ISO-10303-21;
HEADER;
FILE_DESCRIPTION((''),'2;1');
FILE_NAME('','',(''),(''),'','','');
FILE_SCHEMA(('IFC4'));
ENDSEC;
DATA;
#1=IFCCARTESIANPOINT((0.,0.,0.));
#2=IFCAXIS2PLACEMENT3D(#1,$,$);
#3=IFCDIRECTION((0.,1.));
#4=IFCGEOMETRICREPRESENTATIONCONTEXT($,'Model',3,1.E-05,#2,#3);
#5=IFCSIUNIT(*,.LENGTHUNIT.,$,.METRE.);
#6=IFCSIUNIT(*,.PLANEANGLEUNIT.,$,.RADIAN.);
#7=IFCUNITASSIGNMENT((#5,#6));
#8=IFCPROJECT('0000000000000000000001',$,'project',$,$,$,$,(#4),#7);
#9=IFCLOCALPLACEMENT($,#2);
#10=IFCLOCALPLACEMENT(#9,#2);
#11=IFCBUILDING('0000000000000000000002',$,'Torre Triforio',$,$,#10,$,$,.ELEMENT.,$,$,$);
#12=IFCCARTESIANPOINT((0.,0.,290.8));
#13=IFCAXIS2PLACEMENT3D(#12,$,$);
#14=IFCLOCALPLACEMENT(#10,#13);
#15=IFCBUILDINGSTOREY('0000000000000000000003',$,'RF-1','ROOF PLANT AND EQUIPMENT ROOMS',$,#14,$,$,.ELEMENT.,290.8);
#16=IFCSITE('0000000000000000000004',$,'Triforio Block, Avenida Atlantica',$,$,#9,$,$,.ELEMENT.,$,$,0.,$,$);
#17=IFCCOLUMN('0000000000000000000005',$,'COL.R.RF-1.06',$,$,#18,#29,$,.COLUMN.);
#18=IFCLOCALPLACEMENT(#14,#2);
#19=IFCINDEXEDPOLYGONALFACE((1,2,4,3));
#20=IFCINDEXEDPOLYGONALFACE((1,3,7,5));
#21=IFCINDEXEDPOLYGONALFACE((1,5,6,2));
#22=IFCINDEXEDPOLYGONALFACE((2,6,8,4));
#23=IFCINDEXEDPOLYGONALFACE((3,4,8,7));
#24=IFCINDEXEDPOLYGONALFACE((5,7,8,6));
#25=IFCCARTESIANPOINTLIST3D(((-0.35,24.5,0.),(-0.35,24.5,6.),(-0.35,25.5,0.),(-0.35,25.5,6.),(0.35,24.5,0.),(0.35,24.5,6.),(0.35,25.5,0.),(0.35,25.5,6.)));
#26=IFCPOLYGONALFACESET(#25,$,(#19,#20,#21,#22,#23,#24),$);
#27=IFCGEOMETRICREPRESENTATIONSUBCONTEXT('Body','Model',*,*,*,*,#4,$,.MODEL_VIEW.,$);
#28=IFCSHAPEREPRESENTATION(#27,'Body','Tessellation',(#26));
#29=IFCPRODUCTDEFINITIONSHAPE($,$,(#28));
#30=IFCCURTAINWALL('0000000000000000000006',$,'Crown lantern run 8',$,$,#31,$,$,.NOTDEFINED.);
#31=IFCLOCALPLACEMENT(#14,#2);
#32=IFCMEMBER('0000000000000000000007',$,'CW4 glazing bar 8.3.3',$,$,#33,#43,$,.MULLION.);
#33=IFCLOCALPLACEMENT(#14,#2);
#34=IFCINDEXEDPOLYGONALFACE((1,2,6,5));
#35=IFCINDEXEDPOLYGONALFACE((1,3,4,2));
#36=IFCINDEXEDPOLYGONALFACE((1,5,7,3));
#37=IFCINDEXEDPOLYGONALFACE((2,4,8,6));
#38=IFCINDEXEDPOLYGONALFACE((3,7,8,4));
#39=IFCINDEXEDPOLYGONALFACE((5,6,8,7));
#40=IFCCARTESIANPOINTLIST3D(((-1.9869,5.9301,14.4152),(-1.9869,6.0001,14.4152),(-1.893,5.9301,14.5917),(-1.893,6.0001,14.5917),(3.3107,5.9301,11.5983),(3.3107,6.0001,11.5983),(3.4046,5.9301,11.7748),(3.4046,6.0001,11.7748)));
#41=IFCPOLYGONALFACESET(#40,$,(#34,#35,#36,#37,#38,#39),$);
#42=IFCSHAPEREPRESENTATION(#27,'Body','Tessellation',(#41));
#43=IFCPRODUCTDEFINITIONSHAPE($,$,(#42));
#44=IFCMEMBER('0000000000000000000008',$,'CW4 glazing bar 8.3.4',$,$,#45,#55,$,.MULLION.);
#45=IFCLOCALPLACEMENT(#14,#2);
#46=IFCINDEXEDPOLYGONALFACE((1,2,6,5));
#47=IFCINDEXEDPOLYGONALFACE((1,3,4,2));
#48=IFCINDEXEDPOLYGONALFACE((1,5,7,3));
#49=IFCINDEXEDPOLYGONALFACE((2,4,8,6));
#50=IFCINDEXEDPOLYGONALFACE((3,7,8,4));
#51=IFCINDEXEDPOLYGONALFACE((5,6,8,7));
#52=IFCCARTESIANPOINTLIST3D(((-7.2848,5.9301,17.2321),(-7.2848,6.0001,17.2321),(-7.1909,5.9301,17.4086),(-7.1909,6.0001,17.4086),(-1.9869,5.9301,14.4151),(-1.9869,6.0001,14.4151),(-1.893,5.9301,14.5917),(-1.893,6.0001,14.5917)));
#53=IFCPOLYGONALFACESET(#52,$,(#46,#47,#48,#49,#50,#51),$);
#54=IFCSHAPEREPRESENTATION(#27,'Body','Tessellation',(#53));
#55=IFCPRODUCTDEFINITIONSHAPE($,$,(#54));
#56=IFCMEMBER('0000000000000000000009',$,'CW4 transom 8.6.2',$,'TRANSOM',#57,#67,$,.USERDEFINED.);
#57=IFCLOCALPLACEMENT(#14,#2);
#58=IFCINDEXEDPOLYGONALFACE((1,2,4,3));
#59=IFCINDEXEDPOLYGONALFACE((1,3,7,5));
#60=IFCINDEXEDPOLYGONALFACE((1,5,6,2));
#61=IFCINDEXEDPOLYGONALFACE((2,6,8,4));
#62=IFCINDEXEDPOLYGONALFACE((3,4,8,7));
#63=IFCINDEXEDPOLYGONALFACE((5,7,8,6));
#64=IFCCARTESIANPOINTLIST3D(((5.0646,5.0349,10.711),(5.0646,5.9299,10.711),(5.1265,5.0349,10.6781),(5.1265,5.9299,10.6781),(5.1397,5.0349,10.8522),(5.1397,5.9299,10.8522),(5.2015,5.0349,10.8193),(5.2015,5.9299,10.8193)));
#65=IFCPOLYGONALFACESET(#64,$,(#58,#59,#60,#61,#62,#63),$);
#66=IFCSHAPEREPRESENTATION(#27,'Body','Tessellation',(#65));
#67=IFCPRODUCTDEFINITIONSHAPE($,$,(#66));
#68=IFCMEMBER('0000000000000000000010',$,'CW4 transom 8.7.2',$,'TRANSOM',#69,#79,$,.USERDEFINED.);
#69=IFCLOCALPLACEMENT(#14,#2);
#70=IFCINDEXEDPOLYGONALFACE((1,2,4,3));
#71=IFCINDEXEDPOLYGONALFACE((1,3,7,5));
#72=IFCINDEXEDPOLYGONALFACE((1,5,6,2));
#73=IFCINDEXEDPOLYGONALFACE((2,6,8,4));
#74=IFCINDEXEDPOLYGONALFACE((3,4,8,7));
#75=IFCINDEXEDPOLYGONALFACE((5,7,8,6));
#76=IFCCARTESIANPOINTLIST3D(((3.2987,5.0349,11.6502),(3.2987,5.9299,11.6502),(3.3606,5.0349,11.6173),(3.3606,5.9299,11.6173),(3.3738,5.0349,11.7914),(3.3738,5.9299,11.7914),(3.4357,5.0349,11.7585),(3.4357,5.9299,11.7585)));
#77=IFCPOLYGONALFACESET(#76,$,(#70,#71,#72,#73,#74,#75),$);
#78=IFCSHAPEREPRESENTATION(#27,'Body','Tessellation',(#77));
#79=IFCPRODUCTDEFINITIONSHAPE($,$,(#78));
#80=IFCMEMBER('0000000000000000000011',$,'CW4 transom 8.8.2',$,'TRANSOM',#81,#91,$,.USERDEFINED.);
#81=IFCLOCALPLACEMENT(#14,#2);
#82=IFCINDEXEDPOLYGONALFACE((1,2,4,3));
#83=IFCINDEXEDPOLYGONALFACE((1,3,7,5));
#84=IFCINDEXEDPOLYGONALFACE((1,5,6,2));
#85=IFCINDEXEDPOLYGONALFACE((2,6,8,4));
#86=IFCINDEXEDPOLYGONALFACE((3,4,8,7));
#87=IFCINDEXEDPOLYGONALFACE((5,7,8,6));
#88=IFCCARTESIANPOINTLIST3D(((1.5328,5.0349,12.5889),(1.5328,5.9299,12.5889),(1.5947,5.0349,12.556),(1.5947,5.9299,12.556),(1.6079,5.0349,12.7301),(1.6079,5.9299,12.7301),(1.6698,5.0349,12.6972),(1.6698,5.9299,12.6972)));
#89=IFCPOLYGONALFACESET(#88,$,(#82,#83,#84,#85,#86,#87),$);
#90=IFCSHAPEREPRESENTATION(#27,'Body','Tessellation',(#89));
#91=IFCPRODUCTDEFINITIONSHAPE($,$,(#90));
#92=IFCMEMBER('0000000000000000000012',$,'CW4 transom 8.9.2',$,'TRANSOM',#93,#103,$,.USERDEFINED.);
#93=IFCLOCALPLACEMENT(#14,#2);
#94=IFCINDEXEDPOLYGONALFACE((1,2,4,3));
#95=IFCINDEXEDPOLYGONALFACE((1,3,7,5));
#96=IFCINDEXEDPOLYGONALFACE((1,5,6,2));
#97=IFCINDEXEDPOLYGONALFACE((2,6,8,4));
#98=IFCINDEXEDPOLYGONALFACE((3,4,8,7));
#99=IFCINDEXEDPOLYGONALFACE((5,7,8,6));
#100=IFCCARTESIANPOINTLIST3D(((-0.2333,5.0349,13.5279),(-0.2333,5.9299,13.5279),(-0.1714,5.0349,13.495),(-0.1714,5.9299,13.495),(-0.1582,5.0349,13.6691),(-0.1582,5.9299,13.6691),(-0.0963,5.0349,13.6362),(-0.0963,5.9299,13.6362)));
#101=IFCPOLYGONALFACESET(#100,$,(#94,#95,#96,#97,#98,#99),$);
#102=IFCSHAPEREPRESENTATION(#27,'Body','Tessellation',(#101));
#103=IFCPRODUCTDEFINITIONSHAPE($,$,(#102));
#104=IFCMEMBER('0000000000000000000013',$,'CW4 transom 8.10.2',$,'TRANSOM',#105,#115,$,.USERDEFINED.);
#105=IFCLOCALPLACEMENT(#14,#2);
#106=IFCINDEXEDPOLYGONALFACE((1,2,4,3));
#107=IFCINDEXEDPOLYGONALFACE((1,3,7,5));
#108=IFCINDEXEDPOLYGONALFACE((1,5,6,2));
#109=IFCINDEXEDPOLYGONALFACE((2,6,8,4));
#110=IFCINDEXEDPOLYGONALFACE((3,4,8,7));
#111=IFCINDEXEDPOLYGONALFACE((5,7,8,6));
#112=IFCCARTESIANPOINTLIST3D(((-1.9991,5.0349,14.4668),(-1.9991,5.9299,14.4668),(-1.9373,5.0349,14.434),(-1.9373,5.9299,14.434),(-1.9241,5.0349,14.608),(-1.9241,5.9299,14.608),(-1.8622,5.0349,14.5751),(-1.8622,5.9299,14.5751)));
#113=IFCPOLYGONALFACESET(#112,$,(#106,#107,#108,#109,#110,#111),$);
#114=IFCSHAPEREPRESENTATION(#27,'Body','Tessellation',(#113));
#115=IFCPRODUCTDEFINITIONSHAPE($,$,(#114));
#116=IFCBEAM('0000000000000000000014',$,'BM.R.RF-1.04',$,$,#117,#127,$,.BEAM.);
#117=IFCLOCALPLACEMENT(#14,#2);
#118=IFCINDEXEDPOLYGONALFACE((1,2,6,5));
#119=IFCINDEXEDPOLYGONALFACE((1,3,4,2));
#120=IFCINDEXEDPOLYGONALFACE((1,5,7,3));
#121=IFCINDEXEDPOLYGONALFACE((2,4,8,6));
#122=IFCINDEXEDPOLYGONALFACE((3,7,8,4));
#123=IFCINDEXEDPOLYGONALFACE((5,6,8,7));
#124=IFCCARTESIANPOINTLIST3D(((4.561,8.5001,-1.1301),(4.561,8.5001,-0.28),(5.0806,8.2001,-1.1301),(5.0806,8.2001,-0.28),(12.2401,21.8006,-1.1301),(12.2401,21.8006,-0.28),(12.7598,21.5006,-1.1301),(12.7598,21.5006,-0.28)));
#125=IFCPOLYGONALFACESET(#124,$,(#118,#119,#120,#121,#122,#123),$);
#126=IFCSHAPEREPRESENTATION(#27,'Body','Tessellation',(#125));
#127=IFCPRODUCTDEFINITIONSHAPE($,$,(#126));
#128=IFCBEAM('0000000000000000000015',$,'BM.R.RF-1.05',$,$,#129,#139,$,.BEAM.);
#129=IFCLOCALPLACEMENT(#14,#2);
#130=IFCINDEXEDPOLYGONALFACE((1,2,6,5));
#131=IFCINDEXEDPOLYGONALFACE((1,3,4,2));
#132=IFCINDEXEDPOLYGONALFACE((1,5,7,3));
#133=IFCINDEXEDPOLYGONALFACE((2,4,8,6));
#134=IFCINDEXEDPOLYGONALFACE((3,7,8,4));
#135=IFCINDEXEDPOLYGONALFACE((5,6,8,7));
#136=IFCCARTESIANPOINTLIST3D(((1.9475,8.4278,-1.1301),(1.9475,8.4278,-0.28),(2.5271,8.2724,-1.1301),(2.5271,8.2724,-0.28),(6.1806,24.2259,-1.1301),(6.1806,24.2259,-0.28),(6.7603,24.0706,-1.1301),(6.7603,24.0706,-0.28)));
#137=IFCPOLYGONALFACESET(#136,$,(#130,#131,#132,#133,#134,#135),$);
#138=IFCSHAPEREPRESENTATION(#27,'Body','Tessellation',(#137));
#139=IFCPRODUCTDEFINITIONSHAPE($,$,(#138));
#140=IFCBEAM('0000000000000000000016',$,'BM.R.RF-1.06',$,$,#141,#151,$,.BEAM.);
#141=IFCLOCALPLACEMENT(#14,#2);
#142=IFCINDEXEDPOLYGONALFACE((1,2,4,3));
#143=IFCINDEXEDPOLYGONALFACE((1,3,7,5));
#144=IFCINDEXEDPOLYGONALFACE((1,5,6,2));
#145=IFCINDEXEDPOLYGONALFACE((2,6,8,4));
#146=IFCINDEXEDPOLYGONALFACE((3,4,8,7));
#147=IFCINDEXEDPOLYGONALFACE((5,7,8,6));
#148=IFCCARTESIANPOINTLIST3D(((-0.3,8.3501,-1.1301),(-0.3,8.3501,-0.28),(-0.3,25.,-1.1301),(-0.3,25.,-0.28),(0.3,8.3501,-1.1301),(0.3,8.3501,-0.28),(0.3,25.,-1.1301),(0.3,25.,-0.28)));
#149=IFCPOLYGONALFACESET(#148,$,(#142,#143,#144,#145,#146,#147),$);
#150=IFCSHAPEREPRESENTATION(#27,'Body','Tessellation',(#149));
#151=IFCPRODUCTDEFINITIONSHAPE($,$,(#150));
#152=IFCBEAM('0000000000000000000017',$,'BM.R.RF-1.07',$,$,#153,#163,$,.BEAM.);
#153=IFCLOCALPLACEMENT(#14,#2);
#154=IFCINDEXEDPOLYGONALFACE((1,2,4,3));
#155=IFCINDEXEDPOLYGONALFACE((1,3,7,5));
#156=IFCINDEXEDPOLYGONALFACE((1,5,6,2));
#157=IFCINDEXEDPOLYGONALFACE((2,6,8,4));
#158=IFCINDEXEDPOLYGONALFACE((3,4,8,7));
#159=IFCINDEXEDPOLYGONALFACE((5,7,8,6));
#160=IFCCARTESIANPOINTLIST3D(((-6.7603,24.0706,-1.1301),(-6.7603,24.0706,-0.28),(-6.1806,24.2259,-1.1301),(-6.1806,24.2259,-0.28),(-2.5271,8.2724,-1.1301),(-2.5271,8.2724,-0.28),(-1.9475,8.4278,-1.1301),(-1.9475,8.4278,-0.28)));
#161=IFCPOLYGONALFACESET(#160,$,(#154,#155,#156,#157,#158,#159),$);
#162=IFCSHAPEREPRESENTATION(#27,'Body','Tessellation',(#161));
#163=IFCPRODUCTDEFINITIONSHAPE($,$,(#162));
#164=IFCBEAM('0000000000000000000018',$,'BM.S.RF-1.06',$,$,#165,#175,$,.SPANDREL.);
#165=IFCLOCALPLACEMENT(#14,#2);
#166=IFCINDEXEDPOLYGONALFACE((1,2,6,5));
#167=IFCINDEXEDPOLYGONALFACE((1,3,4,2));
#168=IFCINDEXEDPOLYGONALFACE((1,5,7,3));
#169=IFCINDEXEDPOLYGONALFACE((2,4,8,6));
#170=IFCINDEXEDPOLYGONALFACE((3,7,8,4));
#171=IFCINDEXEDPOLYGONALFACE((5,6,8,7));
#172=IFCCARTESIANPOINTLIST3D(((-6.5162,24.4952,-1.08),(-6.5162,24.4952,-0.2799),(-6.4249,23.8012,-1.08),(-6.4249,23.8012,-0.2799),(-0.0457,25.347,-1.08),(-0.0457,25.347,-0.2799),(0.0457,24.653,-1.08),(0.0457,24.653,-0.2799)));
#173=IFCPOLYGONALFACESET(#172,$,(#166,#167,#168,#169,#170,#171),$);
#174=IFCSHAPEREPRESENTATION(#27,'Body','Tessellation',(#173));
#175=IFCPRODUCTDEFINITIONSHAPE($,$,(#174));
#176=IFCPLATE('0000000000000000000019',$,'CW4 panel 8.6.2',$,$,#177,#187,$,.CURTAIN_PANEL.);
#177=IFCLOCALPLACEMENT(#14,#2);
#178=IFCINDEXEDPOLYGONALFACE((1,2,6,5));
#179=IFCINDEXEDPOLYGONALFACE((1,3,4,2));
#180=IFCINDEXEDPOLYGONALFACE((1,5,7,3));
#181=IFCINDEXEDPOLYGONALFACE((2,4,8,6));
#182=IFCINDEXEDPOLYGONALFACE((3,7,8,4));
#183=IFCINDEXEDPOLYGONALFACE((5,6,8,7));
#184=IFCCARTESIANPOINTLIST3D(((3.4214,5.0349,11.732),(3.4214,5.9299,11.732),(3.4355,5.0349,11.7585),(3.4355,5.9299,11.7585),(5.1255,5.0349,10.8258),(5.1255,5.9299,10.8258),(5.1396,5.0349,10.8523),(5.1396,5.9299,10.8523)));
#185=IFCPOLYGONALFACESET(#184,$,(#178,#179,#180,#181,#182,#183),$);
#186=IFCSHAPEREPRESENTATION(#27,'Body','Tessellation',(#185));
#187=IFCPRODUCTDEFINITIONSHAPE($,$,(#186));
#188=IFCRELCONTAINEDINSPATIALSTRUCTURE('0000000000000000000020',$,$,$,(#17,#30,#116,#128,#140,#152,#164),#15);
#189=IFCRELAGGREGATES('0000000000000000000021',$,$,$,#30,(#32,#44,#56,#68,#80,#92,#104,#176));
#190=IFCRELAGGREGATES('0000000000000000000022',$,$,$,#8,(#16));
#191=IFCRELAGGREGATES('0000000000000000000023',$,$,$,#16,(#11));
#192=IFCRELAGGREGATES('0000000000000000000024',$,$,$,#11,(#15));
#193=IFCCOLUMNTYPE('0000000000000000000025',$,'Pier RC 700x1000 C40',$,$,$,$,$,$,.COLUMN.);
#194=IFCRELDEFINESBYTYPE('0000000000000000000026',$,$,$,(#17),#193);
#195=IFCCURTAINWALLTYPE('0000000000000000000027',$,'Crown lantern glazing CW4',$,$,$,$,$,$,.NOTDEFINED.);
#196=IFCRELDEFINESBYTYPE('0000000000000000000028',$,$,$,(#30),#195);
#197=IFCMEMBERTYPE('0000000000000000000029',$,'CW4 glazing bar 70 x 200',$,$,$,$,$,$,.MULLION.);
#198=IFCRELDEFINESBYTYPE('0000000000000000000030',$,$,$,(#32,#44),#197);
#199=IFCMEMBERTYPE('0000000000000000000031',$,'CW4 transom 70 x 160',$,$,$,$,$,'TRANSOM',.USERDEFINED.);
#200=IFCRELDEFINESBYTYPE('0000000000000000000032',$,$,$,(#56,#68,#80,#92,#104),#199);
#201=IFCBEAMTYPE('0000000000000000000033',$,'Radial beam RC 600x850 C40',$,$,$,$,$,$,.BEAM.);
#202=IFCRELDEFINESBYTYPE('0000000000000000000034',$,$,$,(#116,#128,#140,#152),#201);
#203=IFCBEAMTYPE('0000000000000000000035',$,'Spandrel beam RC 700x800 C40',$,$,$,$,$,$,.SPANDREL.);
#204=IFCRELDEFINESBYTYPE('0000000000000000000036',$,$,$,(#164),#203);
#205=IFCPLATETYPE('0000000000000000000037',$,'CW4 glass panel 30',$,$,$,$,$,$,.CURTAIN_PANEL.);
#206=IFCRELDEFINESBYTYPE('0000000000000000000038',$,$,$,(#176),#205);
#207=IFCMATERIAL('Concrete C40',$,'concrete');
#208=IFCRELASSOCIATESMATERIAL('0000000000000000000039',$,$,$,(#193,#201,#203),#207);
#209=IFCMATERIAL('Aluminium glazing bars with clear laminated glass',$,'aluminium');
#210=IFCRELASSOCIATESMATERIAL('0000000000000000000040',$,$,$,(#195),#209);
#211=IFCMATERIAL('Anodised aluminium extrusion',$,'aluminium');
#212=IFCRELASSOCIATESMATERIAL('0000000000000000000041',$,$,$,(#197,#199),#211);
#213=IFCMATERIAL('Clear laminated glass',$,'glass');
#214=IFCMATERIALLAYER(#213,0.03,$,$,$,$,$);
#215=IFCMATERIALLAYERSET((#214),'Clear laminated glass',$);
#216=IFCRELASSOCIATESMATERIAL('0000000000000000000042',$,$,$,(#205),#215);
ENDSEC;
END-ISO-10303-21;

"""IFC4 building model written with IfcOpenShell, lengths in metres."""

from ifc_helpers import new_model, si_unit, direction, frame, origin, origin_2d, place, context, subcontext, project, spatial, polyline, rectangle, outline, extrude, material, layer, layer_set, material_profile, profile_set, type_object, element, aggregate, save


model = new_model("IFC4")

# Units and contexts
model_context = context("Model", 3, precision=1e-05, world=origin(), true_north=direction((0.0, 1.0)))
body_context = subcontext(model_context, "Body", "Model", "MODEL_VIEW")
ifc_project = project(units=[si_unit("LENGTHUNIT", "METRE"), si_unit("PLANEANGLEUNIT", "RADIAN")], contexts=[model_context])

# Site, building, storey
site_placement = place(None, origin())
site = spatial("IfcSite", under=ifc_project, at=site_placement, Name="Triforio Block, Avenida Atlantica", CompositionType="ELEMENT", RefElevation=0.0)
building_placement = place(site_placement, origin())
building = spatial("IfcBuilding", under=site, at=building_placement, Name="Torre Triforio", CompositionType="ELEMENT")
storey_placement = place(building_placement, frame((0.0, 0.0, 290.8)))
storey = spatial("IfcBuildingStorey", under=building, at=storey_placement, Name="RF-1", Description="ROOF PLANT AND EQUIPMENT ROOMS", CompositionType="ELEMENT", Elevation=290.8)

# Column
ifc_material_1 = material(Name="Concrete C40", Category="concrete")
ifc_material_profile_1 = material_profile(ifc_material_1, rectangle(XDim=0.7, YDim=1.0, at=origin_2d()), Name="RC 700x1000")
ifc_profile_set_1 = profile_set([ifc_material_profile_1], Name="Concrete C40")
column_type = type_object("IfcColumnType", Name="Pier RC 700x1000 C40", PredefinedType="COLUMN", material=ifc_profile_set_1)
column_placement = place(storey_placement, frame((0.0, 25.0, 0.0), z_axis=(0.0, 0.0, 1.0), x_axis=(-1.0, 0.0, 0.0)))
element("IfcColumn", 1, at=column_placement, inside=storey, type_object=column_type, Name="COL.R.RF-1.06", PredefinedType="COLUMN", context=body_context, shape_type="SweptSolid", body=[
    extrude(rectangle(XDim=0.7, YDim=1.0, at=origin_2d()), origin(), (0.0, 0.0, 1.0), 6.0),
])

# Curtain wall, members
ifc_material_2 = material(Name="Aluminium glazing bars with clear laminated glass", Category="aluminium")
curtain_wall_type = type_object("IfcCurtainWallType", Name="Crown lantern glazing CW4", PredefinedType="NOTDEFINED", material=ifc_material_2)
curtain_wall_placement = place(storey_placement, origin())
curtain_wall = element("IfcCurtainWall", 2, at=curtain_wall_placement, inside=storey, type_object=curtain_wall_type, Name="Crown lantern run 8", PredefinedType="NOTDEFINED")
ifc_material_3 = material(Name="Anodised aluminium extrusion", Category="aluminium")
ifc_material_profile_2 = material_profile(ifc_material_3, rectangle(XDim=0.0701, YDim=0.2, at=origin_2d()), Name="CW4 MULLION 70x200")
ifc_profile_set_2 = profile_set([ifc_material_profile_2], Name="Anodised aluminium extrusion")
member_type_1 = type_object("IfcMemberType", Name="CW4 glazing bar 70 x 200", PredefinedType="MULLION", material=ifc_profile_set_2)
member_1_placement = place(storey_placement, frame((3.3577, 5.9651, 11.6865), z_axis=(-0.88294, 0.0, 0.469485), x_axis=(0.0, -1.0, 0.0)))
member_1 = element("IfcMember", 3, at=member_1_placement, type_object=member_type_1, Name="CW4 glazing bar 8.3.3", PredefinedType="MULLION", context=body_context, shape_type="SweptSolid", body=[
    extrude(rectangle(XDim=0.0701, YDim=0.2, at=origin_2d()), origin(), (0.0, 0.0, 1.0), 6.0),
])
member_2_placement = place(storey_placement, frame((-1.9399, 5.9651, 14.5034), z_axis=(-0.882949, 0.0, 0.469469), x_axis=(0.0, -1.0, 0.0)))
member_2 = element("IfcMember", 4, at=member_2_placement, type_object=member_type_1, Name="CW4 glazing bar 8.3.4", PredefinedType="MULLION", context=body_context, shape_type="SweptSolid", body=[
    extrude(rectangle(XDim=0.0701, YDim=0.2, at=origin_2d()), origin(), (0.0, 0.0, 1.0), 6.0002),
])
ifc_material_profile_3 = material_profile(ifc_material_3, rectangle(XDim=0.0701, YDim=0.1599, at=origin_2d()), Name="CW4 TRANSOM 70x160")
ifc_profile_set_3 = profile_set([ifc_material_profile_3], Name="Anodised aluminium extrusion")
member_type_2 = type_object("IfcMemberType", Name="CW4 transom 70 x 160", ElementType="TRANSOM", PredefinedType="USERDEFINED", material=ifc_profile_set_3)
member_3_placement = place(storey_placement, frame((5.1331, 5.0349, 10.7651), z_axis=(0.0, 1.0, 0.0), x_axis=(-0.882948, 0.0, 0.469472)))
member_3 = element("IfcMember", 5, at=member_3_placement, type_object=member_type_2, Name="CW4 transom 8.6.2", ObjectType="TRANSOM", PredefinedType="USERDEFINED", context=body_context, shape_type="SweptSolid", body=[
    extrude(rectangle(XDim=0.0701, YDim=0.1599, at=origin_2d()), origin(), (0.0, 0.0, 1.0), 0.895),
])
member_4_placement = place(storey_placement, frame((3.3672, 5.0349, 11.7043), z_axis=(0.0, 1.0, 0.0), x_axis=(-0.882948, 0.0, 0.469472)))
member_4 = element("IfcMember", 6, at=member_4_placement, type_object=member_type_2, Name="CW4 transom 8.7.2", ObjectType="TRANSOM", PredefinedType="USERDEFINED", context=body_context, shape_type="SweptSolid", body=[
    extrude(rectangle(XDim=0.0701, YDim=0.1599, at=origin_2d()), origin(), (0.0, 0.0, 1.0), 0.895),
])
member_5_placement = place(storey_placement, frame((1.6013, 5.0349, 12.6431), z_axis=(0.0, 1.0, 0.0), x_axis=(-0.882948, 0.0, 0.469472)))
member_5 = element("IfcMember", 7, at=member_5_placement, type_object=member_type_2, Name="CW4 transom 8.8.2", ObjectType="TRANSOM", PredefinedType="USERDEFINED", context=body_context, shape_type="SweptSolid", body=[
    extrude(rectangle(XDim=0.0701, YDim=0.1599, at=origin_2d()), origin(), (0.0, 0.0, 1.0), 0.895),
])
member_6_placement = place(storey_placement, frame((-0.1648, 5.0349, 13.582), z_axis=(0.0, 1.0, 0.0), x_axis=(-0.882948, 0.0, 0.469472)))
member_6 = element("IfcMember", 8, at=member_6_placement, type_object=member_type_2, Name="CW4 transom 8.9.2", ObjectType="TRANSOM", PredefinedType="USERDEFINED", context=body_context, shape_type="SweptSolid", body=[
    extrude(rectangle(XDim=0.0701, YDim=0.1599, at=origin_2d()), origin(), (0.0, 0.0, 1.0), 0.895),
])
member_7_placement = place(storey_placement, frame((-1.9307, 5.0349, 14.521), z_axis=(0.0, 1.0, 0.0), x_axis=(-0.882948, 0.0, 0.469472)))
member_7 = element("IfcMember", 9, at=member_7_placement, type_object=member_type_2, Name="CW4 transom 8.10.2", ObjectType="TRANSOM", PredefinedType="USERDEFINED", context=body_context, shape_type="SweptSolid", body=[
    extrude(rectangle(XDim=0.0701, YDim=0.1599, at=origin_2d()), origin(), (0.0, 0.0, 1.0), 0.895),
])

# Beams
ifc_material_profile_4 = material_profile(ifc_material_1, rectangle(XDim=0.6001, YDim=0.8501, at=origin_2d()), Name="RC 600x850")
ifc_profile_set_4 = profile_set([ifc_material_profile_4], Name="Concrete C40")
beam_type_1 = type_object("IfcBeamType", Name="Radial beam RC 600x850 C40", PredefinedType="BEAM", material=ifc_profile_set_4)
beam_1_placement = place(storey_placement, frame((4.8208, 8.3501, -0.7051), z_axis=(0.500006, 0.866022, 0.0), x_axis=(-0.866022, 0.500006, 0.0)))
element("IfcBeam", 10, at=beam_1_placement, inside=storey, type_object=beam_type_1, Name="BM.R.RF-1.04", PredefinedType="BEAM", context=body_context, shape_type="SweptSolid", body=[
    extrude(rectangle(XDim=0.6001, YDim=0.8501, at=origin_2d()), origin(), (0.0, 0.0, 1.0), 15.3582),
])
beam_2_placement = place(storey_placement, frame((2.2373, 8.3501, -0.7051), z_axis=(0.258823, 0.965925, 0.0), x_axis=(-0.965925, 0.258823, 0.0)))
element("IfcBeam", 11, at=beam_2_placement, inside=storey, type_object=beam_type_1, Name="BM.R.RF-1.05", PredefinedType="BEAM", context=body_context, shape_type="SweptSolid", body=[
    extrude(rectangle(XDim=0.6001, YDim=0.8501, at=origin_2d()), origin(), (0.0, 0.0, 1.0), 16.3555),
])
beam_3_placement = place(storey_placement, frame((0.0, 8.3501, -0.7051), z_axis=(0.0, 1.0, 0.0), x_axis=(-1.0, 0.0, 0.0)))
element("IfcBeam", 12, at=beam_3_placement, inside=storey, type_object=beam_type_1, Name="BM.R.RF-1.06", PredefinedType="BEAM", context=body_context, shape_type="SweptSolid", body=[
    extrude(rectangle(XDim=0.6001, YDim=0.8501, at=origin_2d()), origin(), (0.0, 0.0, 1.0), 16.6499),
])
beam_4_placement = place(storey_placement, frame((-2.2373, 8.3501, -0.7051), z_axis=(-0.258823, 0.965925, 0.0), x_axis=(-0.965925, -0.258823, 0.0)))
element("IfcBeam", 13, at=beam_4_placement, inside=storey, type_object=beam_type_1, Name="BM.R.RF-1.07", PredefinedType="BEAM", context=body_context, shape_type="SweptSolid", body=[
    extrude(rectangle(XDim=0.6001, YDim=0.8501, at=origin_2d()), origin(), (0.0, 0.0, 1.0), 16.3555),
])
ifc_material_profile_5 = material_profile(ifc_material_1, rectangle(XDim=0.7, YDim=0.8, at=origin_2d()), Name="RC 700x800")
ifc_profile_set_5 = profile_set([ifc_material_profile_5], Name="Concrete C40")
beam_type_2 = type_object("IfcBeamType", Name="Spandrel beam RC 700x800 C40", PredefinedType="SPANDREL", material=ifc_profile_set_5)
beam_5_placement = place(storey_placement, frame((0.0, 25.0, -0.6799), z_axis=(-0.991446, -0.130519, 0.0), x_axis=(0.130519, -0.991446, 0.0)))
element("IfcBeam", 14, at=beam_5_placement, inside=storey, type_object=beam_type_2, Name="BM.S.RF-1.06", PredefinedType="SPANDREL", context=body_context, shape_type="SweptSolid", body=[
    extrude(rectangle(XDim=0.7, YDim=0.8, at=origin_2d()), origin(), (0.0, 0.0, 1.0), 6.5264),
])

# Plate
ifc_material_4 = material(Name="Clear laminated glass", Category="glass")
ifc_layer_1 = layer(ifc_material_4, 0.03)
ifc_layer_set_1 = layer_set([ifc_layer_1], Name="Clear laminated glass")
plate_type = type_object("IfcPlateType", Name="CW4 glass panel 30", PredefinedType="CURTAIN_PANEL", material=ifc_layer_set_1)
plate_1_placement = place(storey_placement, frame((5.1396, 5.0349, 10.8523), z_axis=(0.469537, 0.0, 0.882913), x_axis=(0.0, 1.0, 0.0)))
plate_1 = element("IfcPlate", 15, at=plate_1_placement, type_object=plate_type, Name="CW4 panel 8.6.2", PredefinedType="CURTAIN_PANEL", context=body_context, shape_type="SweptSolid", body=[
    extrude(outline(polyline([(0.0, 0.0), (0.895, 0.0), (0.895, 1.9301), (0.0, 1.9301), (0.0, 0.0)])), origin(), (0.0, 0.0, -1.0), 0.03),
])
aggregate(curtain_wall, [member_1, member_2, member_3, member_4, member_5, member_6, member_7, plate_1])

save(model, "model.ifc")
